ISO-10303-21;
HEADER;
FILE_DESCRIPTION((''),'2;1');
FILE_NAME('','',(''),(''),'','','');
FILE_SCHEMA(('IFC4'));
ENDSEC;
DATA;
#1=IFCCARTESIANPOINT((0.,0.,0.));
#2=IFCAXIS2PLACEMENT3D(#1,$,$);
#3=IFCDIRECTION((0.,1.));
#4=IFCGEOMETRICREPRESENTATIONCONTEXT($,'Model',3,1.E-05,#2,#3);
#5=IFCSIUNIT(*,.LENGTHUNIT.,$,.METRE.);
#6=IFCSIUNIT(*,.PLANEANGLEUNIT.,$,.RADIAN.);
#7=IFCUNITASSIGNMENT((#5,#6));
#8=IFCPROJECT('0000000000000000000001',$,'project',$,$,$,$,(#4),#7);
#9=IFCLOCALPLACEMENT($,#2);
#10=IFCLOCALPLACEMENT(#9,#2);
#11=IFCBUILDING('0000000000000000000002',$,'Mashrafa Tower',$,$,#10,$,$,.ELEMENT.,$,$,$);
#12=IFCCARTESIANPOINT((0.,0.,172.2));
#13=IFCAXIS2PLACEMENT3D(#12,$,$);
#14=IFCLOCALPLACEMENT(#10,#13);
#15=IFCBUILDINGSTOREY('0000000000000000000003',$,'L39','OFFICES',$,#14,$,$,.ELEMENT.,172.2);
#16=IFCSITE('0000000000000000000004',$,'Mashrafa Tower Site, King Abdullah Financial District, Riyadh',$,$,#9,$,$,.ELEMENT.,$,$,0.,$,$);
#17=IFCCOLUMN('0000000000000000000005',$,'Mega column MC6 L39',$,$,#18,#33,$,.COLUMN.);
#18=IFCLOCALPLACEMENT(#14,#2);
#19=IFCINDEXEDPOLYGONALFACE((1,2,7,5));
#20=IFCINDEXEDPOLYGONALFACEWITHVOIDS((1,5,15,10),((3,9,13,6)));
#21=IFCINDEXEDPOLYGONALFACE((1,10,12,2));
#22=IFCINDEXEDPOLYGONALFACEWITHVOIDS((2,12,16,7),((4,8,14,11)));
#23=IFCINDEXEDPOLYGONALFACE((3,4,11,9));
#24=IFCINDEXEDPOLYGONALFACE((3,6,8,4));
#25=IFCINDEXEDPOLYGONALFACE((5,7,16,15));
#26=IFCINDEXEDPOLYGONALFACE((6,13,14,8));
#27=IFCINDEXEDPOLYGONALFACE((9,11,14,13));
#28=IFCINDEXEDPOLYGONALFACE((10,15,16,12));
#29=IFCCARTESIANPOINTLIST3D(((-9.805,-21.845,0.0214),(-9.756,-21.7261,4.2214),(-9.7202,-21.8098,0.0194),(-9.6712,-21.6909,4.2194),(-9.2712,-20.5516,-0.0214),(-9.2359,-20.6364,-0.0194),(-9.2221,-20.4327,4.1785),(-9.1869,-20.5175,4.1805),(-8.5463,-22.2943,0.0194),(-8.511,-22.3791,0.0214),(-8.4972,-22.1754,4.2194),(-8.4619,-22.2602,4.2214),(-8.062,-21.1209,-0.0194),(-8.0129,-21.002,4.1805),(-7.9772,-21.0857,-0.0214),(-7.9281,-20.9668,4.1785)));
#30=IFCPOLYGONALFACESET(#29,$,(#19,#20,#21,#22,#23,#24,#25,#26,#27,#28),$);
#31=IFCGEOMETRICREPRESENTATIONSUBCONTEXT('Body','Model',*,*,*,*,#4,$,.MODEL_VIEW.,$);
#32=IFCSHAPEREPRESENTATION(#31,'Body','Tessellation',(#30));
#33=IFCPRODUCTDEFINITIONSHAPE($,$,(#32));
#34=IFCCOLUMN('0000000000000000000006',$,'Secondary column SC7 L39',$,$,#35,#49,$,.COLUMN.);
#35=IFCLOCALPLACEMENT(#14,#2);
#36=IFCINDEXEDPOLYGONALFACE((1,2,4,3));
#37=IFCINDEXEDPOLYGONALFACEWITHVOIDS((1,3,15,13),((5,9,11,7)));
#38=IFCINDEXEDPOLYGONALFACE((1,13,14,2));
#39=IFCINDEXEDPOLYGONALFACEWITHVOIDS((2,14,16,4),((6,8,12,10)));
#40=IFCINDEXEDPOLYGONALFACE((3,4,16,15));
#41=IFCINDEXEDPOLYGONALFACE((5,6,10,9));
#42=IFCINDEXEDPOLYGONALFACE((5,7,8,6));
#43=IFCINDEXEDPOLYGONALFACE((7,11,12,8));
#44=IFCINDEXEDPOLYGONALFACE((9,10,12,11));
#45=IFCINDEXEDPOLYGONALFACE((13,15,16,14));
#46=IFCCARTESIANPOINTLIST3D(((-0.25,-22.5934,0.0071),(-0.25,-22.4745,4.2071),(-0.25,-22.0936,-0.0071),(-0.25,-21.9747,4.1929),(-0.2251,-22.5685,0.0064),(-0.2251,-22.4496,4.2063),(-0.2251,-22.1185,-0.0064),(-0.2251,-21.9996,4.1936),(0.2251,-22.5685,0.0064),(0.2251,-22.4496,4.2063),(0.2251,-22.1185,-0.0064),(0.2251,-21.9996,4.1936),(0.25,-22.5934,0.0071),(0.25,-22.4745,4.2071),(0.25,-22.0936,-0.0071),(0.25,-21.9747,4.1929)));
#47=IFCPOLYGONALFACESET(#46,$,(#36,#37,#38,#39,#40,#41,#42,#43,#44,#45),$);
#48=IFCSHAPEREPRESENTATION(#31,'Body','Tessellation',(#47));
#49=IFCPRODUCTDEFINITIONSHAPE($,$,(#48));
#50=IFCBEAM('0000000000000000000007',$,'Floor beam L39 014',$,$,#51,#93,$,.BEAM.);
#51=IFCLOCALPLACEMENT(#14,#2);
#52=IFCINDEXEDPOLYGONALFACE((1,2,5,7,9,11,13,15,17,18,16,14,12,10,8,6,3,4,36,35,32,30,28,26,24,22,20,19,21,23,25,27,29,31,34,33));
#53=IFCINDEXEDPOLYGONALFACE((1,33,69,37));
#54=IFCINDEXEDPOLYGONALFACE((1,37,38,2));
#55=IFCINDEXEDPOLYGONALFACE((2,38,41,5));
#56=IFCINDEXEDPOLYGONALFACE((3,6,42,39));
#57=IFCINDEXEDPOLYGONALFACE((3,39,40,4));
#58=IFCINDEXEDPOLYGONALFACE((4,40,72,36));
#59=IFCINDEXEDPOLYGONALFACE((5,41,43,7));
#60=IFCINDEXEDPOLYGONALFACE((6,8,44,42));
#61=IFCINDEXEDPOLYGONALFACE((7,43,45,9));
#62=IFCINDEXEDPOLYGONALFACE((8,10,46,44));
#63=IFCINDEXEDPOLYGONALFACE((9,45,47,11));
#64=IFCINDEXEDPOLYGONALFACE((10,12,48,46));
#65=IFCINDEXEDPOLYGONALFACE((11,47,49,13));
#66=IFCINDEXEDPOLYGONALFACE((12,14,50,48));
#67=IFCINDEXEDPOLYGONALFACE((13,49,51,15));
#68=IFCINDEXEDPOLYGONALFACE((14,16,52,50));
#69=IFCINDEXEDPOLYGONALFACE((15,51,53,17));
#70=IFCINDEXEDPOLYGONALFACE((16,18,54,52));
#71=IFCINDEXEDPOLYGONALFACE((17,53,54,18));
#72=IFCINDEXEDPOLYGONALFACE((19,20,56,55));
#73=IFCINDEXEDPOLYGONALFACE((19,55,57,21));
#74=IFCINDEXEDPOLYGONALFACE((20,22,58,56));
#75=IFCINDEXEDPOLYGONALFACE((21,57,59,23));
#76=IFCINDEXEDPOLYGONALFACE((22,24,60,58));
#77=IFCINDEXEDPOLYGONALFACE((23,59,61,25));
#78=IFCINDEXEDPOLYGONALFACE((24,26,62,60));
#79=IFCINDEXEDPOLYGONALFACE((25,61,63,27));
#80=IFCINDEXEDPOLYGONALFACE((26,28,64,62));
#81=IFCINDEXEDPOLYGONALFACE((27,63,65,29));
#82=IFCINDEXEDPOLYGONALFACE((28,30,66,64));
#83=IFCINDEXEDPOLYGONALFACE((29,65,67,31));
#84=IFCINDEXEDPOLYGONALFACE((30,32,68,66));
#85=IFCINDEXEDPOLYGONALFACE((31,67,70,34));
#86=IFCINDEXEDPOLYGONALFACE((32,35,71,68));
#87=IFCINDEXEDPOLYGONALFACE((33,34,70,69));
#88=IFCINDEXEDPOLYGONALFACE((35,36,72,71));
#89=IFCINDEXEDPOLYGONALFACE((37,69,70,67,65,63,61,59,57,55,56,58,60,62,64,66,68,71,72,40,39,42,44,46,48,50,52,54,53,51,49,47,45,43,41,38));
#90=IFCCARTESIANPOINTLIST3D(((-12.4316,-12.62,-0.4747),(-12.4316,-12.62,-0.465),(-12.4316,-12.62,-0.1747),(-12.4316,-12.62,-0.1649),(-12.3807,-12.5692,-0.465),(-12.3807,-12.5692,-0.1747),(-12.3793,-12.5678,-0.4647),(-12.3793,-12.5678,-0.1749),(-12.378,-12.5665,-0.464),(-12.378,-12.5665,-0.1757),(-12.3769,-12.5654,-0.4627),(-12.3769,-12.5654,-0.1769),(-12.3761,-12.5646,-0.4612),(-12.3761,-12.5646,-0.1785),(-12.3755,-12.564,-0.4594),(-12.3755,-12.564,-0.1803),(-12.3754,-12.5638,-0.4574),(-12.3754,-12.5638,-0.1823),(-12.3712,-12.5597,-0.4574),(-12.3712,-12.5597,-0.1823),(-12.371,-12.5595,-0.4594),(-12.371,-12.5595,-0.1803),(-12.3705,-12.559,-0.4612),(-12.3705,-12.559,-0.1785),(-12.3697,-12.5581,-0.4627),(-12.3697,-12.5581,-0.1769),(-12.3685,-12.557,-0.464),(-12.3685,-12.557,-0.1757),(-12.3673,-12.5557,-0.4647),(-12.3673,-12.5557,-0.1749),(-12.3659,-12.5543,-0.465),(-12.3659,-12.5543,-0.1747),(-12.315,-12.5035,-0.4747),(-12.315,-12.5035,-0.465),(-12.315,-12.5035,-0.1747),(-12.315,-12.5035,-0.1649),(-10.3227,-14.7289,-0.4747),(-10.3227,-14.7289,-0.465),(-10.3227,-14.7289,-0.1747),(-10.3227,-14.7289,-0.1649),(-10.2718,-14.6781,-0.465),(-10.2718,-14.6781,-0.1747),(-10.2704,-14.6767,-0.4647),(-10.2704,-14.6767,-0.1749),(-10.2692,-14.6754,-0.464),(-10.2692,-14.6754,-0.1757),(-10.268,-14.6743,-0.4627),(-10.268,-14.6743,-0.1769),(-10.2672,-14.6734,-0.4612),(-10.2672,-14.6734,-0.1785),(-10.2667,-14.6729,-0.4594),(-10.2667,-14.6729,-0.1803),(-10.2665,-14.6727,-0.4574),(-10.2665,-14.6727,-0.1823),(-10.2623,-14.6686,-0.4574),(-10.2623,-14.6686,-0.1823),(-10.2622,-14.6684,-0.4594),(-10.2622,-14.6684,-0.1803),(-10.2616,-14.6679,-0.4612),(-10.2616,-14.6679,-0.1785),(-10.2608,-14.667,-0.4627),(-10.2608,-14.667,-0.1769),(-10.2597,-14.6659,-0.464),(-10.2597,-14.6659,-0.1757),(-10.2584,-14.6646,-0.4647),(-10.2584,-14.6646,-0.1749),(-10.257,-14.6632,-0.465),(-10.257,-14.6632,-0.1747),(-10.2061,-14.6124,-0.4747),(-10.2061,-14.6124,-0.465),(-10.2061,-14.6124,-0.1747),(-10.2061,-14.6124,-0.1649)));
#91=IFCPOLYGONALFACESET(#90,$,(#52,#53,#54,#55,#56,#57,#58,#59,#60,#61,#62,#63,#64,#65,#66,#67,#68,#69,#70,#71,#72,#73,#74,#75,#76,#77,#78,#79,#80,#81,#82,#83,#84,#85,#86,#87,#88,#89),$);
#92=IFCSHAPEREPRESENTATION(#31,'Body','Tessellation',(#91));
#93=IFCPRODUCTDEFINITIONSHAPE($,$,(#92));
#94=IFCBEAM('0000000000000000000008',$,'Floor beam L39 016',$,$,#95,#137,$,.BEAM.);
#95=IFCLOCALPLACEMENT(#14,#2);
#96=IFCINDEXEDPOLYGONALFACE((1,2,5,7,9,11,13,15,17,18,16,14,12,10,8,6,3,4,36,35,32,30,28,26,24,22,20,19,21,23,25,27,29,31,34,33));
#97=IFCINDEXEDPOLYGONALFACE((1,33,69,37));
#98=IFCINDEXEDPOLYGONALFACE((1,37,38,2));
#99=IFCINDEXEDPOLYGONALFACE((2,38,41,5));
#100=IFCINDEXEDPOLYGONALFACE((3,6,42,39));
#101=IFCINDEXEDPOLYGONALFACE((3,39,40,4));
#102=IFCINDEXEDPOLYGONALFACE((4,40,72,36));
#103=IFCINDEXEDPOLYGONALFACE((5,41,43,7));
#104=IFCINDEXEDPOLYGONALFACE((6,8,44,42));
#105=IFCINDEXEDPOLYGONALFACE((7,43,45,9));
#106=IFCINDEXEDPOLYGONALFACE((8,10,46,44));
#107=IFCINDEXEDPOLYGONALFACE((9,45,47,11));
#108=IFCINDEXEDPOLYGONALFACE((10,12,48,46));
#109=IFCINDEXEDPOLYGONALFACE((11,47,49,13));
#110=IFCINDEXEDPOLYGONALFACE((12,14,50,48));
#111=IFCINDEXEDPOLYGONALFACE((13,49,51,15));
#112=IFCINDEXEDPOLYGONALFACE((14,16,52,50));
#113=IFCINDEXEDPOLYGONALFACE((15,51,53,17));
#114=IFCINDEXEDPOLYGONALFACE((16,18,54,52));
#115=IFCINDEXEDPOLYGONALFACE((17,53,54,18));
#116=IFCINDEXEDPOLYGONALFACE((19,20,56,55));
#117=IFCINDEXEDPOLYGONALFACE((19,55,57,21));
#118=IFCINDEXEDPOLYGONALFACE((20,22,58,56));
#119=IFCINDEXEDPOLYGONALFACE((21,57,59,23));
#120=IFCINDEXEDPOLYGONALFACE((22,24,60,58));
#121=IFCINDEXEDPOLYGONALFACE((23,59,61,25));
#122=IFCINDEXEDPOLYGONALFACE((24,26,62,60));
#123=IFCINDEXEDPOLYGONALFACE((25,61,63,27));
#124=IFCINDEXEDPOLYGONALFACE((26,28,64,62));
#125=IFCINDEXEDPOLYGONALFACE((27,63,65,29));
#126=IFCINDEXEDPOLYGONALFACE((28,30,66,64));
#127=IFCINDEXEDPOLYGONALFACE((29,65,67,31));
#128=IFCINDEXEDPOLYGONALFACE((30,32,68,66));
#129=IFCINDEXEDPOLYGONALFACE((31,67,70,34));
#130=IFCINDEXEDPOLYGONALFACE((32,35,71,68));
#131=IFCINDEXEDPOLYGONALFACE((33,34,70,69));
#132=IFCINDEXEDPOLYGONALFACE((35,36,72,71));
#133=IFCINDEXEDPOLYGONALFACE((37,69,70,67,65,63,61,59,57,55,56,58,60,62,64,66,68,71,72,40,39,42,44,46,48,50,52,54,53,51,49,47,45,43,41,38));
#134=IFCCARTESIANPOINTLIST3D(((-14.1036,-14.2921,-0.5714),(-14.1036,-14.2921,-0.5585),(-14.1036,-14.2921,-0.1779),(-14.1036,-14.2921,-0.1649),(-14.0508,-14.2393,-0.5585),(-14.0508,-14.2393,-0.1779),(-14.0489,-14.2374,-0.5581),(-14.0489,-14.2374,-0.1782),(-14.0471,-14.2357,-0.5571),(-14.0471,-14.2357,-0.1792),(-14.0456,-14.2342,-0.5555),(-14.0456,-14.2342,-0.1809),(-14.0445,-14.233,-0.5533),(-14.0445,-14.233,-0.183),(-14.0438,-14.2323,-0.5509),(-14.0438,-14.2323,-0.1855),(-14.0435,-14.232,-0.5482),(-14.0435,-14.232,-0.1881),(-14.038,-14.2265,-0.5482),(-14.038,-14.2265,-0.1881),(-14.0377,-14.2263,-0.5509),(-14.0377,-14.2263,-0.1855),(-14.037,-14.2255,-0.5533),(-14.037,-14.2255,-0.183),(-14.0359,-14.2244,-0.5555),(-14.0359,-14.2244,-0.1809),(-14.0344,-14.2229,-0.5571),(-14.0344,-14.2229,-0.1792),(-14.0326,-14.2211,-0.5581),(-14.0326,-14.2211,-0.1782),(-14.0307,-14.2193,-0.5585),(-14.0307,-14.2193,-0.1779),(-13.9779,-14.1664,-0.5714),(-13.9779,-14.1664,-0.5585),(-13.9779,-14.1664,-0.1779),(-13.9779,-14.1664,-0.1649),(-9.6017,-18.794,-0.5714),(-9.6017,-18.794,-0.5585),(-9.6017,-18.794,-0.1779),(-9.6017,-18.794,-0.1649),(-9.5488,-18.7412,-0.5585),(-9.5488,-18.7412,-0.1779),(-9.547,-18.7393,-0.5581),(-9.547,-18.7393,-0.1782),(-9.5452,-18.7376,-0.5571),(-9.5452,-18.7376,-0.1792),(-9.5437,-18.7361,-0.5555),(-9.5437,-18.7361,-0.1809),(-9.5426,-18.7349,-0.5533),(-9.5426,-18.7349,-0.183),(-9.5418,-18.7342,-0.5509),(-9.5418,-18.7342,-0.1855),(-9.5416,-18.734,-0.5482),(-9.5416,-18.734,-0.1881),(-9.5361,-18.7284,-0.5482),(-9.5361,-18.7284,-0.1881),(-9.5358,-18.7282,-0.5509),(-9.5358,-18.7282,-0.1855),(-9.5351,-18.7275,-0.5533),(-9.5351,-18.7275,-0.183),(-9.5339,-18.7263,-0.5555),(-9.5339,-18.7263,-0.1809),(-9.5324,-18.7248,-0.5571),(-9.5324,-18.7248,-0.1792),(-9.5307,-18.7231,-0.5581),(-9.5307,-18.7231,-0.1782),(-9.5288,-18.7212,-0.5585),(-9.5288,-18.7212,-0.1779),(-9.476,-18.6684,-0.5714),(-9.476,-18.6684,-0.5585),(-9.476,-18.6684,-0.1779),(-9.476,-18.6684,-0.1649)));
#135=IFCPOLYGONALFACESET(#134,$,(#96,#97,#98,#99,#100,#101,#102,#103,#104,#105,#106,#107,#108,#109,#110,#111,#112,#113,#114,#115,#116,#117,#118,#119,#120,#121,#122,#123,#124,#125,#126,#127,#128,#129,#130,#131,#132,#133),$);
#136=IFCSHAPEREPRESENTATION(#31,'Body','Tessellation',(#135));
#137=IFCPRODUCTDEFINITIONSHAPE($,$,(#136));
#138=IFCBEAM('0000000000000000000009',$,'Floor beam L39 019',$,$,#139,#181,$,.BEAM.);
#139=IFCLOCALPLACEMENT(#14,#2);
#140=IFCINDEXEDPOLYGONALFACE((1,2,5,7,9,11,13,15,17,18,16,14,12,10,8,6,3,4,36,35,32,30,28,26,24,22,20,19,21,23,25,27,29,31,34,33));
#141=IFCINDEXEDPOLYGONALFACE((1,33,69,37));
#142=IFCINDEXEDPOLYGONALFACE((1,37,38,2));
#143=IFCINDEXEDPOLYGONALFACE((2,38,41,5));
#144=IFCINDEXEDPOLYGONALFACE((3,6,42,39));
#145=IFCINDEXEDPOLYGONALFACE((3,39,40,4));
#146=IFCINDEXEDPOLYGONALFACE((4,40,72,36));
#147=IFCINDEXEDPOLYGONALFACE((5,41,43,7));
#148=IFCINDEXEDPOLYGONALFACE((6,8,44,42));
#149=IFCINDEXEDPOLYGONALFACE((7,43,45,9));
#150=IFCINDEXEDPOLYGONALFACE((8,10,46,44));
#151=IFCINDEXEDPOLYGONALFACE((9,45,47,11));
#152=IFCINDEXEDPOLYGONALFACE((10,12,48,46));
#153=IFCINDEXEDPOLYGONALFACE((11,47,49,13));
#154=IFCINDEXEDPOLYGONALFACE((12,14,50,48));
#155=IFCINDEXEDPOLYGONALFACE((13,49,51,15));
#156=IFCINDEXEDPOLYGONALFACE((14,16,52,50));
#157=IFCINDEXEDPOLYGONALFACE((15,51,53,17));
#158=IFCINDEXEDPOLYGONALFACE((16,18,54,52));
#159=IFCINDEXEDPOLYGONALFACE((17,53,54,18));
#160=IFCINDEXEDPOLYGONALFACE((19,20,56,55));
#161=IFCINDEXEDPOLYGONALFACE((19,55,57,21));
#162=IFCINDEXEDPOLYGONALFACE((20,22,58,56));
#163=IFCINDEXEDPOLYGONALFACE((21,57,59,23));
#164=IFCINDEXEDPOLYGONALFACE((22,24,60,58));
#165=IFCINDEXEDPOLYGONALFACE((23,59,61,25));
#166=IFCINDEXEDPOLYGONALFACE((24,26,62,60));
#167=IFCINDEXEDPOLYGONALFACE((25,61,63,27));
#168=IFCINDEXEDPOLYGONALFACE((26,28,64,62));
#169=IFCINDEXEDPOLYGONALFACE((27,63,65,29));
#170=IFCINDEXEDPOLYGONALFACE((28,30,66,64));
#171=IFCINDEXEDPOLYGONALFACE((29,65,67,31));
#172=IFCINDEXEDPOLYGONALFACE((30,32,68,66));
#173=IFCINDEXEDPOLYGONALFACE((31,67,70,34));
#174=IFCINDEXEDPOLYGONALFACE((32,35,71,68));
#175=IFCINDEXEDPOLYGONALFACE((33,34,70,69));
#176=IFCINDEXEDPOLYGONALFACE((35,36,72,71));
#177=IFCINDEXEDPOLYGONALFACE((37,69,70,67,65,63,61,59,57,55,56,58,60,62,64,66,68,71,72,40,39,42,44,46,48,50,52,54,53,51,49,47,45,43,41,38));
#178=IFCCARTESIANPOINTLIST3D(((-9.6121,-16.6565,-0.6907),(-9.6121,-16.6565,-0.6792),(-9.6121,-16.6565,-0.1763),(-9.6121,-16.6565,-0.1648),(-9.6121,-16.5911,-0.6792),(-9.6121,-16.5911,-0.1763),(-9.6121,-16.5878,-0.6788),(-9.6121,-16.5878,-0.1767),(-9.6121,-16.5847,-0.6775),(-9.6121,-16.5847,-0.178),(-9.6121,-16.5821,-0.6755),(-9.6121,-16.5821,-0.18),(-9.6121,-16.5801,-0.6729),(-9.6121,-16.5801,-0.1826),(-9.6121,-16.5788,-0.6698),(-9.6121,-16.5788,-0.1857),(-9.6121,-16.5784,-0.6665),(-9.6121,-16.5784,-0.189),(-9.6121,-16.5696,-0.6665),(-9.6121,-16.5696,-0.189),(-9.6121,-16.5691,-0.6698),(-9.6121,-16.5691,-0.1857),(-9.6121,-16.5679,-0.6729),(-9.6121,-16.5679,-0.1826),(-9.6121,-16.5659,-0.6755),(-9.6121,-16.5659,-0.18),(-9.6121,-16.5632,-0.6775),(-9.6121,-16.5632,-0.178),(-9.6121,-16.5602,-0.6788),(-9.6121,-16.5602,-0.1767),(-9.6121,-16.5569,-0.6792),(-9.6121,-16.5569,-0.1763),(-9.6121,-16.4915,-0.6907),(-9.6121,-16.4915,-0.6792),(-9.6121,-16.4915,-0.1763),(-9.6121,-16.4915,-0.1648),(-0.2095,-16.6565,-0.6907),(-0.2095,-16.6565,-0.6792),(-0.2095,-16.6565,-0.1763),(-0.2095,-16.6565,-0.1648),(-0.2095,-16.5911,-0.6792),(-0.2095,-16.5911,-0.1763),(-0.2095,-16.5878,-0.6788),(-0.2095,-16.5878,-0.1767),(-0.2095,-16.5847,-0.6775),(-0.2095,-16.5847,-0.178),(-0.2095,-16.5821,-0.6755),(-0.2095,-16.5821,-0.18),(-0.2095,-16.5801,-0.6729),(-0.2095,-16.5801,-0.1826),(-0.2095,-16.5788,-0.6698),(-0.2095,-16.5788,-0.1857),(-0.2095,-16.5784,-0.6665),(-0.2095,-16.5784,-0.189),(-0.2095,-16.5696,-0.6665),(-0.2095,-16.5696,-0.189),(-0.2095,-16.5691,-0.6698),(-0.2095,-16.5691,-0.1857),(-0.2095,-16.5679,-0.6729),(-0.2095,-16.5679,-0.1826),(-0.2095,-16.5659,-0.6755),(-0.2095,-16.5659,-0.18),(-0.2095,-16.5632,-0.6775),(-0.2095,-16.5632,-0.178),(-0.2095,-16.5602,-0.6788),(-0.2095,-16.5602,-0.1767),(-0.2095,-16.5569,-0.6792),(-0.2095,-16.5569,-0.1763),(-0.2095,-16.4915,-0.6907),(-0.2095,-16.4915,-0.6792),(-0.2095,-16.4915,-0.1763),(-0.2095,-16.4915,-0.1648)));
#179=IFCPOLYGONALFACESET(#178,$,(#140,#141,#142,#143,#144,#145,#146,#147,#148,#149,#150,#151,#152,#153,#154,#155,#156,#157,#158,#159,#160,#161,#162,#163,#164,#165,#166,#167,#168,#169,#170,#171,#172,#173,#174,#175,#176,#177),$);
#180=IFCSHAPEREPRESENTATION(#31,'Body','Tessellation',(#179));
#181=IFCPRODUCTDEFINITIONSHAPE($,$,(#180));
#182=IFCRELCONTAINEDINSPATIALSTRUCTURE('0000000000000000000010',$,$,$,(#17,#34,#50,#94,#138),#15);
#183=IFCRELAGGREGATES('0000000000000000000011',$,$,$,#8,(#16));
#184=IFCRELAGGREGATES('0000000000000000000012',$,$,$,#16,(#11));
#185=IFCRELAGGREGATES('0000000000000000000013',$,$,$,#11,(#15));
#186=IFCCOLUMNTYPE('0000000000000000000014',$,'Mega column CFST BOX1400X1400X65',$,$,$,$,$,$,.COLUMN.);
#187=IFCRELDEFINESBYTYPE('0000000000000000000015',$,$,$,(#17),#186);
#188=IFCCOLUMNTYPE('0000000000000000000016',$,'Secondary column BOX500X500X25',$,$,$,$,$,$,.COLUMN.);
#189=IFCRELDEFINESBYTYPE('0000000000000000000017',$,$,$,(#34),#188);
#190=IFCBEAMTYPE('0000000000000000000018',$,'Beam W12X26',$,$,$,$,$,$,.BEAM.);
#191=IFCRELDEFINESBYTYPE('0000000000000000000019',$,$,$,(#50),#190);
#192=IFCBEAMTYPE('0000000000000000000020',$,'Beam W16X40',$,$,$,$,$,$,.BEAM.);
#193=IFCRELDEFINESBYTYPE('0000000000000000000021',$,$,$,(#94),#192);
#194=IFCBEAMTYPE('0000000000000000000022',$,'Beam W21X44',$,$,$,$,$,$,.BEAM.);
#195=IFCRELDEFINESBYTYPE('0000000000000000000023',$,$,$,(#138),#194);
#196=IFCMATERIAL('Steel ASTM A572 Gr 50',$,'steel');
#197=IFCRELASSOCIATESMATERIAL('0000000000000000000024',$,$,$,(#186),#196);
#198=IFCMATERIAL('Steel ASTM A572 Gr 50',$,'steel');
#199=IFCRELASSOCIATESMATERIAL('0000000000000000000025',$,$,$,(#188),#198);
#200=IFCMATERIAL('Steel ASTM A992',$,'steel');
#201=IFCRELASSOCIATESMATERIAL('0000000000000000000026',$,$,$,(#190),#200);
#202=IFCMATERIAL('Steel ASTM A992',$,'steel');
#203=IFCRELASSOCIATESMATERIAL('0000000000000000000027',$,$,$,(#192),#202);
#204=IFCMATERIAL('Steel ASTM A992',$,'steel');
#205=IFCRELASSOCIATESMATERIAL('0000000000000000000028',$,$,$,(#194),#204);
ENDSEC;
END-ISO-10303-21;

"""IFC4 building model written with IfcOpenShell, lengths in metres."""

from ifc_helpers import new_model, si_unit, direction, frame, origin, origin_2d, place, context, subcontext, project, spatial, hollow_rectangle, i_section, extrude, material, material_profile, profile_set, type_object, element, save


model = new_model("IFC4")

# Units and contexts
model_context = context("Model", 3, precision=1e-05, world=origin(), true_north=direction((0.0, 1.0)))
body_context = subcontext(model_context, "Body", "Model", "MODEL_VIEW")
ifc_project = project(units=[si_unit("LENGTHUNIT", "METRE"), si_unit("PLANEANGLEUNIT", "RADIAN")], contexts=[model_context])

# Site, building, storey
site_placement = place(None, origin())
site = spatial("IfcSite", under=ifc_project, at=site_placement, Name="Mashrafa Tower Site, King Abdullah Financial District, Riyadh", CompositionType="ELEMENT", RefElevation=0.0)
building_placement = place(site_placement, origin())
building = spatial("IfcBuilding", under=site, at=building_placement, Name="Mashrafa Tower", CompositionType="ELEMENT")
storey_placement = place(building_placement, frame((0.0, 0.0, 172.2)))
storey = spatial("IfcBuildingStorey", under=building, at=storey_placement, Name="L39", Description="OFFICES", CompositionType="ELEMENT", Elevation=172.2)

# Columns
ifc_material_1 = material(Name="Steel ASTM A572 Gr 50", Category="steel")
ifc_material_profile_1 = material_profile(ifc_material_1, hollow_rectangle(XDim=1.3999, YDim=1.3999, WallThickness=0.0649, at=origin_2d()), Name="BOX1400X1400X65")
ifc_profile_set_1 = profile_set([ifc_material_profile_1], Name="Steel ASTM A572 Gr 50")
column_type_1 = type_object("IfcColumnType", Name="Mega column CFST BOX1400X1400X65", PredefinedType="COLUMN", material=ifc_profile_set_1)
column_1_placement = place(storey_placement, frame((-8.8911, -21.4653, 0.0), z_axis=(0.011679, 0.028296, 0.999531), x_axis=(-0.924363, 0.381513, 0.0)))
element("IfcColumn", 1, at=column_1_placement, inside=storey, type_object=column_type_1, Name="Mega column MC6 L39", PredefinedType="COLUMN", context=body_context, shape_type="SweptSolid", body=[
    extrude(hollow_rectangle(XDim=1.3999, YDim=1.3999, WallThickness=0.0649, at=origin_2d()), origin(), (0.0, 0.0, 1.0), 4.2019),
])
ifc_material_2 = material(Name="Steel ASTM A572 Gr 50", Category="steel")
ifc_material_profile_2 = material_profile(ifc_material_2, hollow_rectangle(XDim=0.5, YDim=0.5, WallThickness=0.0249, at=origin_2d()), Name="BOX500X500X25")
ifc_profile_set_2 = profile_set([ifc_material_profile_2], Name="Steel ASTM A572 Gr 50")
column_type_2 = type_object("IfcColumnType", Name="Secondary column BOX500X500X25", PredefinedType="COLUMN", material=ifc_profile_set_2)
column_2_placement = place(storey_placement, frame((0.0, -22.3435, 0.0), z_axis=(0.0, 0.028298, 0.9996), x_axis=(-1.0, 0.0, 0.0)))
element("IfcColumn", 2, at=column_2_placement, inside=storey, type_object=column_type_2, Name="Secondary column SC7 L39", PredefinedType="COLUMN", context=body_context, shape_type="SweptSolid", body=[
    extrude(hollow_rectangle(XDim=0.5, YDim=0.5, WallThickness=0.0249, at=origin_2d()), origin(), (0.0, 0.0, 1.0), 4.2017),
])

# Beams
ifc_material_3 = material(Name="Steel ASTM A992", Category="steel")
ifc_material_profile_3 = material_profile(ifc_material_3, i_section(OverallWidth=0.1648, OverallDepth=0.3098, WebThickness=0.0059, FlangeThickness=0.0098, FilletRadius=0.0076, at=origin_2d()), Name="W12X26")
ifc_profile_set_3 = profile_set([ifc_material_profile_3], Name="Steel ASTM A992")
beam_type_1 = type_object("IfcBeamType", Name="Beam W12X26", PredefinedType="BEAM", material=ifc_profile_set_3)
beam_1_placement = place(storey_placement, frame((-10.2644, -14.6707, -0.3198), z_axis=(-0.707107, 0.707107, 0.0), x_axis=(-0.707107, -0.707107, 0.0)))
element("IfcBeam", 3, at=beam_1_placement, inside=storey, type_object=beam_type_1, Name="Floor beam L39 014", PredefinedType="BEAM", context=body_context, shape_type="SweptSolid", body=[
    extrude(i_section(OverallWidth=0.1648, OverallDepth=0.3098, WebThickness=0.0059, FlangeThickness=0.0098, FilletRadius=0.0076, at=origin_2d()), origin(), (0.0, 0.0, 1.0), 2.9824),
])
ifc_material_4 = material(Name="Steel ASTM A992", Category="steel")
ifc_material_profile_4 = material_profile(ifc_material_4, i_section(OverallWidth=0.1777, OverallDepth=0.4065, WebThickness=0.0078, FlangeThickness=0.0129, FilletRadius=0.0103, at=origin_2d()), Name="W16X40")
ifc_profile_set_4 = profile_set([ifc_material_profile_4], Name="Steel ASTM A992")
beam_type_2 = type_object("IfcBeamType", Name="Beam W16X40", PredefinedType="BEAM", material=ifc_profile_set_4)
beam_2_placement = place(storey_placement, frame((-9.5388, -18.7312, -0.3682), z_axis=(-0.707107, 0.707107, 0.0), x_axis=(-0.707107, -0.707107, 0.0)))
element("IfcBeam", 4, at=beam_2_placement, inside=storey, type_object=beam_type_2, Name="Floor beam L39 016", PredefinedType="BEAM", context=body_context, shape_type="SweptSolid", body=[
    extrude(i_section(OverallWidth=0.1777, OverallDepth=0.4065, WebThickness=0.0078, FlangeThickness=0.0129, FilletRadius=0.0103, at=origin_2d()), origin(), (0.0, 0.0, 1.0), 6.3667),
])
ifc_material_5 = material(Name="Steel ASTM A992", Category="steel")
ifc_material_profile_5 = material_profile(ifc_material_5, i_section(OverallWidth=0.165, OverallDepth=0.5259, WebThickness=0.0088, FlangeThickness=0.0115, FilletRadius=0.0127, at=origin_2d()), Name="W21X44")
ifc_profile_set_5 = profile_set([ifc_material_profile_5], Name="Steel ASTM A992")
beam_type_3 = type_object("IfcBeamType", Name="Beam W21X44", PredefinedType="BEAM", material=ifc_profile_set_5)
beam_3_placement = place(storey_placement, frame((-0.2095, -16.574, -0.4277), z_axis=(-1.0, 0.0, 0.0), x_axis=(0.0, -1.0, 0.0)))
element("IfcBeam", 5, at=beam_3_placement, inside=storey, type_object=beam_type_3, Name="Floor beam L39 019", PredefinedType="BEAM", context=body_context, shape_type="SweptSolid", body=[
    extrude(i_section(OverallWidth=0.165, OverallDepth=0.5259, WebThickness=0.0088, FlangeThickness=0.0115, FilletRadius=0.0127, at=origin_2d()), origin(), (0.0, 0.0, 1.0), 9.4026),
])

save(model, "model.ifc")
